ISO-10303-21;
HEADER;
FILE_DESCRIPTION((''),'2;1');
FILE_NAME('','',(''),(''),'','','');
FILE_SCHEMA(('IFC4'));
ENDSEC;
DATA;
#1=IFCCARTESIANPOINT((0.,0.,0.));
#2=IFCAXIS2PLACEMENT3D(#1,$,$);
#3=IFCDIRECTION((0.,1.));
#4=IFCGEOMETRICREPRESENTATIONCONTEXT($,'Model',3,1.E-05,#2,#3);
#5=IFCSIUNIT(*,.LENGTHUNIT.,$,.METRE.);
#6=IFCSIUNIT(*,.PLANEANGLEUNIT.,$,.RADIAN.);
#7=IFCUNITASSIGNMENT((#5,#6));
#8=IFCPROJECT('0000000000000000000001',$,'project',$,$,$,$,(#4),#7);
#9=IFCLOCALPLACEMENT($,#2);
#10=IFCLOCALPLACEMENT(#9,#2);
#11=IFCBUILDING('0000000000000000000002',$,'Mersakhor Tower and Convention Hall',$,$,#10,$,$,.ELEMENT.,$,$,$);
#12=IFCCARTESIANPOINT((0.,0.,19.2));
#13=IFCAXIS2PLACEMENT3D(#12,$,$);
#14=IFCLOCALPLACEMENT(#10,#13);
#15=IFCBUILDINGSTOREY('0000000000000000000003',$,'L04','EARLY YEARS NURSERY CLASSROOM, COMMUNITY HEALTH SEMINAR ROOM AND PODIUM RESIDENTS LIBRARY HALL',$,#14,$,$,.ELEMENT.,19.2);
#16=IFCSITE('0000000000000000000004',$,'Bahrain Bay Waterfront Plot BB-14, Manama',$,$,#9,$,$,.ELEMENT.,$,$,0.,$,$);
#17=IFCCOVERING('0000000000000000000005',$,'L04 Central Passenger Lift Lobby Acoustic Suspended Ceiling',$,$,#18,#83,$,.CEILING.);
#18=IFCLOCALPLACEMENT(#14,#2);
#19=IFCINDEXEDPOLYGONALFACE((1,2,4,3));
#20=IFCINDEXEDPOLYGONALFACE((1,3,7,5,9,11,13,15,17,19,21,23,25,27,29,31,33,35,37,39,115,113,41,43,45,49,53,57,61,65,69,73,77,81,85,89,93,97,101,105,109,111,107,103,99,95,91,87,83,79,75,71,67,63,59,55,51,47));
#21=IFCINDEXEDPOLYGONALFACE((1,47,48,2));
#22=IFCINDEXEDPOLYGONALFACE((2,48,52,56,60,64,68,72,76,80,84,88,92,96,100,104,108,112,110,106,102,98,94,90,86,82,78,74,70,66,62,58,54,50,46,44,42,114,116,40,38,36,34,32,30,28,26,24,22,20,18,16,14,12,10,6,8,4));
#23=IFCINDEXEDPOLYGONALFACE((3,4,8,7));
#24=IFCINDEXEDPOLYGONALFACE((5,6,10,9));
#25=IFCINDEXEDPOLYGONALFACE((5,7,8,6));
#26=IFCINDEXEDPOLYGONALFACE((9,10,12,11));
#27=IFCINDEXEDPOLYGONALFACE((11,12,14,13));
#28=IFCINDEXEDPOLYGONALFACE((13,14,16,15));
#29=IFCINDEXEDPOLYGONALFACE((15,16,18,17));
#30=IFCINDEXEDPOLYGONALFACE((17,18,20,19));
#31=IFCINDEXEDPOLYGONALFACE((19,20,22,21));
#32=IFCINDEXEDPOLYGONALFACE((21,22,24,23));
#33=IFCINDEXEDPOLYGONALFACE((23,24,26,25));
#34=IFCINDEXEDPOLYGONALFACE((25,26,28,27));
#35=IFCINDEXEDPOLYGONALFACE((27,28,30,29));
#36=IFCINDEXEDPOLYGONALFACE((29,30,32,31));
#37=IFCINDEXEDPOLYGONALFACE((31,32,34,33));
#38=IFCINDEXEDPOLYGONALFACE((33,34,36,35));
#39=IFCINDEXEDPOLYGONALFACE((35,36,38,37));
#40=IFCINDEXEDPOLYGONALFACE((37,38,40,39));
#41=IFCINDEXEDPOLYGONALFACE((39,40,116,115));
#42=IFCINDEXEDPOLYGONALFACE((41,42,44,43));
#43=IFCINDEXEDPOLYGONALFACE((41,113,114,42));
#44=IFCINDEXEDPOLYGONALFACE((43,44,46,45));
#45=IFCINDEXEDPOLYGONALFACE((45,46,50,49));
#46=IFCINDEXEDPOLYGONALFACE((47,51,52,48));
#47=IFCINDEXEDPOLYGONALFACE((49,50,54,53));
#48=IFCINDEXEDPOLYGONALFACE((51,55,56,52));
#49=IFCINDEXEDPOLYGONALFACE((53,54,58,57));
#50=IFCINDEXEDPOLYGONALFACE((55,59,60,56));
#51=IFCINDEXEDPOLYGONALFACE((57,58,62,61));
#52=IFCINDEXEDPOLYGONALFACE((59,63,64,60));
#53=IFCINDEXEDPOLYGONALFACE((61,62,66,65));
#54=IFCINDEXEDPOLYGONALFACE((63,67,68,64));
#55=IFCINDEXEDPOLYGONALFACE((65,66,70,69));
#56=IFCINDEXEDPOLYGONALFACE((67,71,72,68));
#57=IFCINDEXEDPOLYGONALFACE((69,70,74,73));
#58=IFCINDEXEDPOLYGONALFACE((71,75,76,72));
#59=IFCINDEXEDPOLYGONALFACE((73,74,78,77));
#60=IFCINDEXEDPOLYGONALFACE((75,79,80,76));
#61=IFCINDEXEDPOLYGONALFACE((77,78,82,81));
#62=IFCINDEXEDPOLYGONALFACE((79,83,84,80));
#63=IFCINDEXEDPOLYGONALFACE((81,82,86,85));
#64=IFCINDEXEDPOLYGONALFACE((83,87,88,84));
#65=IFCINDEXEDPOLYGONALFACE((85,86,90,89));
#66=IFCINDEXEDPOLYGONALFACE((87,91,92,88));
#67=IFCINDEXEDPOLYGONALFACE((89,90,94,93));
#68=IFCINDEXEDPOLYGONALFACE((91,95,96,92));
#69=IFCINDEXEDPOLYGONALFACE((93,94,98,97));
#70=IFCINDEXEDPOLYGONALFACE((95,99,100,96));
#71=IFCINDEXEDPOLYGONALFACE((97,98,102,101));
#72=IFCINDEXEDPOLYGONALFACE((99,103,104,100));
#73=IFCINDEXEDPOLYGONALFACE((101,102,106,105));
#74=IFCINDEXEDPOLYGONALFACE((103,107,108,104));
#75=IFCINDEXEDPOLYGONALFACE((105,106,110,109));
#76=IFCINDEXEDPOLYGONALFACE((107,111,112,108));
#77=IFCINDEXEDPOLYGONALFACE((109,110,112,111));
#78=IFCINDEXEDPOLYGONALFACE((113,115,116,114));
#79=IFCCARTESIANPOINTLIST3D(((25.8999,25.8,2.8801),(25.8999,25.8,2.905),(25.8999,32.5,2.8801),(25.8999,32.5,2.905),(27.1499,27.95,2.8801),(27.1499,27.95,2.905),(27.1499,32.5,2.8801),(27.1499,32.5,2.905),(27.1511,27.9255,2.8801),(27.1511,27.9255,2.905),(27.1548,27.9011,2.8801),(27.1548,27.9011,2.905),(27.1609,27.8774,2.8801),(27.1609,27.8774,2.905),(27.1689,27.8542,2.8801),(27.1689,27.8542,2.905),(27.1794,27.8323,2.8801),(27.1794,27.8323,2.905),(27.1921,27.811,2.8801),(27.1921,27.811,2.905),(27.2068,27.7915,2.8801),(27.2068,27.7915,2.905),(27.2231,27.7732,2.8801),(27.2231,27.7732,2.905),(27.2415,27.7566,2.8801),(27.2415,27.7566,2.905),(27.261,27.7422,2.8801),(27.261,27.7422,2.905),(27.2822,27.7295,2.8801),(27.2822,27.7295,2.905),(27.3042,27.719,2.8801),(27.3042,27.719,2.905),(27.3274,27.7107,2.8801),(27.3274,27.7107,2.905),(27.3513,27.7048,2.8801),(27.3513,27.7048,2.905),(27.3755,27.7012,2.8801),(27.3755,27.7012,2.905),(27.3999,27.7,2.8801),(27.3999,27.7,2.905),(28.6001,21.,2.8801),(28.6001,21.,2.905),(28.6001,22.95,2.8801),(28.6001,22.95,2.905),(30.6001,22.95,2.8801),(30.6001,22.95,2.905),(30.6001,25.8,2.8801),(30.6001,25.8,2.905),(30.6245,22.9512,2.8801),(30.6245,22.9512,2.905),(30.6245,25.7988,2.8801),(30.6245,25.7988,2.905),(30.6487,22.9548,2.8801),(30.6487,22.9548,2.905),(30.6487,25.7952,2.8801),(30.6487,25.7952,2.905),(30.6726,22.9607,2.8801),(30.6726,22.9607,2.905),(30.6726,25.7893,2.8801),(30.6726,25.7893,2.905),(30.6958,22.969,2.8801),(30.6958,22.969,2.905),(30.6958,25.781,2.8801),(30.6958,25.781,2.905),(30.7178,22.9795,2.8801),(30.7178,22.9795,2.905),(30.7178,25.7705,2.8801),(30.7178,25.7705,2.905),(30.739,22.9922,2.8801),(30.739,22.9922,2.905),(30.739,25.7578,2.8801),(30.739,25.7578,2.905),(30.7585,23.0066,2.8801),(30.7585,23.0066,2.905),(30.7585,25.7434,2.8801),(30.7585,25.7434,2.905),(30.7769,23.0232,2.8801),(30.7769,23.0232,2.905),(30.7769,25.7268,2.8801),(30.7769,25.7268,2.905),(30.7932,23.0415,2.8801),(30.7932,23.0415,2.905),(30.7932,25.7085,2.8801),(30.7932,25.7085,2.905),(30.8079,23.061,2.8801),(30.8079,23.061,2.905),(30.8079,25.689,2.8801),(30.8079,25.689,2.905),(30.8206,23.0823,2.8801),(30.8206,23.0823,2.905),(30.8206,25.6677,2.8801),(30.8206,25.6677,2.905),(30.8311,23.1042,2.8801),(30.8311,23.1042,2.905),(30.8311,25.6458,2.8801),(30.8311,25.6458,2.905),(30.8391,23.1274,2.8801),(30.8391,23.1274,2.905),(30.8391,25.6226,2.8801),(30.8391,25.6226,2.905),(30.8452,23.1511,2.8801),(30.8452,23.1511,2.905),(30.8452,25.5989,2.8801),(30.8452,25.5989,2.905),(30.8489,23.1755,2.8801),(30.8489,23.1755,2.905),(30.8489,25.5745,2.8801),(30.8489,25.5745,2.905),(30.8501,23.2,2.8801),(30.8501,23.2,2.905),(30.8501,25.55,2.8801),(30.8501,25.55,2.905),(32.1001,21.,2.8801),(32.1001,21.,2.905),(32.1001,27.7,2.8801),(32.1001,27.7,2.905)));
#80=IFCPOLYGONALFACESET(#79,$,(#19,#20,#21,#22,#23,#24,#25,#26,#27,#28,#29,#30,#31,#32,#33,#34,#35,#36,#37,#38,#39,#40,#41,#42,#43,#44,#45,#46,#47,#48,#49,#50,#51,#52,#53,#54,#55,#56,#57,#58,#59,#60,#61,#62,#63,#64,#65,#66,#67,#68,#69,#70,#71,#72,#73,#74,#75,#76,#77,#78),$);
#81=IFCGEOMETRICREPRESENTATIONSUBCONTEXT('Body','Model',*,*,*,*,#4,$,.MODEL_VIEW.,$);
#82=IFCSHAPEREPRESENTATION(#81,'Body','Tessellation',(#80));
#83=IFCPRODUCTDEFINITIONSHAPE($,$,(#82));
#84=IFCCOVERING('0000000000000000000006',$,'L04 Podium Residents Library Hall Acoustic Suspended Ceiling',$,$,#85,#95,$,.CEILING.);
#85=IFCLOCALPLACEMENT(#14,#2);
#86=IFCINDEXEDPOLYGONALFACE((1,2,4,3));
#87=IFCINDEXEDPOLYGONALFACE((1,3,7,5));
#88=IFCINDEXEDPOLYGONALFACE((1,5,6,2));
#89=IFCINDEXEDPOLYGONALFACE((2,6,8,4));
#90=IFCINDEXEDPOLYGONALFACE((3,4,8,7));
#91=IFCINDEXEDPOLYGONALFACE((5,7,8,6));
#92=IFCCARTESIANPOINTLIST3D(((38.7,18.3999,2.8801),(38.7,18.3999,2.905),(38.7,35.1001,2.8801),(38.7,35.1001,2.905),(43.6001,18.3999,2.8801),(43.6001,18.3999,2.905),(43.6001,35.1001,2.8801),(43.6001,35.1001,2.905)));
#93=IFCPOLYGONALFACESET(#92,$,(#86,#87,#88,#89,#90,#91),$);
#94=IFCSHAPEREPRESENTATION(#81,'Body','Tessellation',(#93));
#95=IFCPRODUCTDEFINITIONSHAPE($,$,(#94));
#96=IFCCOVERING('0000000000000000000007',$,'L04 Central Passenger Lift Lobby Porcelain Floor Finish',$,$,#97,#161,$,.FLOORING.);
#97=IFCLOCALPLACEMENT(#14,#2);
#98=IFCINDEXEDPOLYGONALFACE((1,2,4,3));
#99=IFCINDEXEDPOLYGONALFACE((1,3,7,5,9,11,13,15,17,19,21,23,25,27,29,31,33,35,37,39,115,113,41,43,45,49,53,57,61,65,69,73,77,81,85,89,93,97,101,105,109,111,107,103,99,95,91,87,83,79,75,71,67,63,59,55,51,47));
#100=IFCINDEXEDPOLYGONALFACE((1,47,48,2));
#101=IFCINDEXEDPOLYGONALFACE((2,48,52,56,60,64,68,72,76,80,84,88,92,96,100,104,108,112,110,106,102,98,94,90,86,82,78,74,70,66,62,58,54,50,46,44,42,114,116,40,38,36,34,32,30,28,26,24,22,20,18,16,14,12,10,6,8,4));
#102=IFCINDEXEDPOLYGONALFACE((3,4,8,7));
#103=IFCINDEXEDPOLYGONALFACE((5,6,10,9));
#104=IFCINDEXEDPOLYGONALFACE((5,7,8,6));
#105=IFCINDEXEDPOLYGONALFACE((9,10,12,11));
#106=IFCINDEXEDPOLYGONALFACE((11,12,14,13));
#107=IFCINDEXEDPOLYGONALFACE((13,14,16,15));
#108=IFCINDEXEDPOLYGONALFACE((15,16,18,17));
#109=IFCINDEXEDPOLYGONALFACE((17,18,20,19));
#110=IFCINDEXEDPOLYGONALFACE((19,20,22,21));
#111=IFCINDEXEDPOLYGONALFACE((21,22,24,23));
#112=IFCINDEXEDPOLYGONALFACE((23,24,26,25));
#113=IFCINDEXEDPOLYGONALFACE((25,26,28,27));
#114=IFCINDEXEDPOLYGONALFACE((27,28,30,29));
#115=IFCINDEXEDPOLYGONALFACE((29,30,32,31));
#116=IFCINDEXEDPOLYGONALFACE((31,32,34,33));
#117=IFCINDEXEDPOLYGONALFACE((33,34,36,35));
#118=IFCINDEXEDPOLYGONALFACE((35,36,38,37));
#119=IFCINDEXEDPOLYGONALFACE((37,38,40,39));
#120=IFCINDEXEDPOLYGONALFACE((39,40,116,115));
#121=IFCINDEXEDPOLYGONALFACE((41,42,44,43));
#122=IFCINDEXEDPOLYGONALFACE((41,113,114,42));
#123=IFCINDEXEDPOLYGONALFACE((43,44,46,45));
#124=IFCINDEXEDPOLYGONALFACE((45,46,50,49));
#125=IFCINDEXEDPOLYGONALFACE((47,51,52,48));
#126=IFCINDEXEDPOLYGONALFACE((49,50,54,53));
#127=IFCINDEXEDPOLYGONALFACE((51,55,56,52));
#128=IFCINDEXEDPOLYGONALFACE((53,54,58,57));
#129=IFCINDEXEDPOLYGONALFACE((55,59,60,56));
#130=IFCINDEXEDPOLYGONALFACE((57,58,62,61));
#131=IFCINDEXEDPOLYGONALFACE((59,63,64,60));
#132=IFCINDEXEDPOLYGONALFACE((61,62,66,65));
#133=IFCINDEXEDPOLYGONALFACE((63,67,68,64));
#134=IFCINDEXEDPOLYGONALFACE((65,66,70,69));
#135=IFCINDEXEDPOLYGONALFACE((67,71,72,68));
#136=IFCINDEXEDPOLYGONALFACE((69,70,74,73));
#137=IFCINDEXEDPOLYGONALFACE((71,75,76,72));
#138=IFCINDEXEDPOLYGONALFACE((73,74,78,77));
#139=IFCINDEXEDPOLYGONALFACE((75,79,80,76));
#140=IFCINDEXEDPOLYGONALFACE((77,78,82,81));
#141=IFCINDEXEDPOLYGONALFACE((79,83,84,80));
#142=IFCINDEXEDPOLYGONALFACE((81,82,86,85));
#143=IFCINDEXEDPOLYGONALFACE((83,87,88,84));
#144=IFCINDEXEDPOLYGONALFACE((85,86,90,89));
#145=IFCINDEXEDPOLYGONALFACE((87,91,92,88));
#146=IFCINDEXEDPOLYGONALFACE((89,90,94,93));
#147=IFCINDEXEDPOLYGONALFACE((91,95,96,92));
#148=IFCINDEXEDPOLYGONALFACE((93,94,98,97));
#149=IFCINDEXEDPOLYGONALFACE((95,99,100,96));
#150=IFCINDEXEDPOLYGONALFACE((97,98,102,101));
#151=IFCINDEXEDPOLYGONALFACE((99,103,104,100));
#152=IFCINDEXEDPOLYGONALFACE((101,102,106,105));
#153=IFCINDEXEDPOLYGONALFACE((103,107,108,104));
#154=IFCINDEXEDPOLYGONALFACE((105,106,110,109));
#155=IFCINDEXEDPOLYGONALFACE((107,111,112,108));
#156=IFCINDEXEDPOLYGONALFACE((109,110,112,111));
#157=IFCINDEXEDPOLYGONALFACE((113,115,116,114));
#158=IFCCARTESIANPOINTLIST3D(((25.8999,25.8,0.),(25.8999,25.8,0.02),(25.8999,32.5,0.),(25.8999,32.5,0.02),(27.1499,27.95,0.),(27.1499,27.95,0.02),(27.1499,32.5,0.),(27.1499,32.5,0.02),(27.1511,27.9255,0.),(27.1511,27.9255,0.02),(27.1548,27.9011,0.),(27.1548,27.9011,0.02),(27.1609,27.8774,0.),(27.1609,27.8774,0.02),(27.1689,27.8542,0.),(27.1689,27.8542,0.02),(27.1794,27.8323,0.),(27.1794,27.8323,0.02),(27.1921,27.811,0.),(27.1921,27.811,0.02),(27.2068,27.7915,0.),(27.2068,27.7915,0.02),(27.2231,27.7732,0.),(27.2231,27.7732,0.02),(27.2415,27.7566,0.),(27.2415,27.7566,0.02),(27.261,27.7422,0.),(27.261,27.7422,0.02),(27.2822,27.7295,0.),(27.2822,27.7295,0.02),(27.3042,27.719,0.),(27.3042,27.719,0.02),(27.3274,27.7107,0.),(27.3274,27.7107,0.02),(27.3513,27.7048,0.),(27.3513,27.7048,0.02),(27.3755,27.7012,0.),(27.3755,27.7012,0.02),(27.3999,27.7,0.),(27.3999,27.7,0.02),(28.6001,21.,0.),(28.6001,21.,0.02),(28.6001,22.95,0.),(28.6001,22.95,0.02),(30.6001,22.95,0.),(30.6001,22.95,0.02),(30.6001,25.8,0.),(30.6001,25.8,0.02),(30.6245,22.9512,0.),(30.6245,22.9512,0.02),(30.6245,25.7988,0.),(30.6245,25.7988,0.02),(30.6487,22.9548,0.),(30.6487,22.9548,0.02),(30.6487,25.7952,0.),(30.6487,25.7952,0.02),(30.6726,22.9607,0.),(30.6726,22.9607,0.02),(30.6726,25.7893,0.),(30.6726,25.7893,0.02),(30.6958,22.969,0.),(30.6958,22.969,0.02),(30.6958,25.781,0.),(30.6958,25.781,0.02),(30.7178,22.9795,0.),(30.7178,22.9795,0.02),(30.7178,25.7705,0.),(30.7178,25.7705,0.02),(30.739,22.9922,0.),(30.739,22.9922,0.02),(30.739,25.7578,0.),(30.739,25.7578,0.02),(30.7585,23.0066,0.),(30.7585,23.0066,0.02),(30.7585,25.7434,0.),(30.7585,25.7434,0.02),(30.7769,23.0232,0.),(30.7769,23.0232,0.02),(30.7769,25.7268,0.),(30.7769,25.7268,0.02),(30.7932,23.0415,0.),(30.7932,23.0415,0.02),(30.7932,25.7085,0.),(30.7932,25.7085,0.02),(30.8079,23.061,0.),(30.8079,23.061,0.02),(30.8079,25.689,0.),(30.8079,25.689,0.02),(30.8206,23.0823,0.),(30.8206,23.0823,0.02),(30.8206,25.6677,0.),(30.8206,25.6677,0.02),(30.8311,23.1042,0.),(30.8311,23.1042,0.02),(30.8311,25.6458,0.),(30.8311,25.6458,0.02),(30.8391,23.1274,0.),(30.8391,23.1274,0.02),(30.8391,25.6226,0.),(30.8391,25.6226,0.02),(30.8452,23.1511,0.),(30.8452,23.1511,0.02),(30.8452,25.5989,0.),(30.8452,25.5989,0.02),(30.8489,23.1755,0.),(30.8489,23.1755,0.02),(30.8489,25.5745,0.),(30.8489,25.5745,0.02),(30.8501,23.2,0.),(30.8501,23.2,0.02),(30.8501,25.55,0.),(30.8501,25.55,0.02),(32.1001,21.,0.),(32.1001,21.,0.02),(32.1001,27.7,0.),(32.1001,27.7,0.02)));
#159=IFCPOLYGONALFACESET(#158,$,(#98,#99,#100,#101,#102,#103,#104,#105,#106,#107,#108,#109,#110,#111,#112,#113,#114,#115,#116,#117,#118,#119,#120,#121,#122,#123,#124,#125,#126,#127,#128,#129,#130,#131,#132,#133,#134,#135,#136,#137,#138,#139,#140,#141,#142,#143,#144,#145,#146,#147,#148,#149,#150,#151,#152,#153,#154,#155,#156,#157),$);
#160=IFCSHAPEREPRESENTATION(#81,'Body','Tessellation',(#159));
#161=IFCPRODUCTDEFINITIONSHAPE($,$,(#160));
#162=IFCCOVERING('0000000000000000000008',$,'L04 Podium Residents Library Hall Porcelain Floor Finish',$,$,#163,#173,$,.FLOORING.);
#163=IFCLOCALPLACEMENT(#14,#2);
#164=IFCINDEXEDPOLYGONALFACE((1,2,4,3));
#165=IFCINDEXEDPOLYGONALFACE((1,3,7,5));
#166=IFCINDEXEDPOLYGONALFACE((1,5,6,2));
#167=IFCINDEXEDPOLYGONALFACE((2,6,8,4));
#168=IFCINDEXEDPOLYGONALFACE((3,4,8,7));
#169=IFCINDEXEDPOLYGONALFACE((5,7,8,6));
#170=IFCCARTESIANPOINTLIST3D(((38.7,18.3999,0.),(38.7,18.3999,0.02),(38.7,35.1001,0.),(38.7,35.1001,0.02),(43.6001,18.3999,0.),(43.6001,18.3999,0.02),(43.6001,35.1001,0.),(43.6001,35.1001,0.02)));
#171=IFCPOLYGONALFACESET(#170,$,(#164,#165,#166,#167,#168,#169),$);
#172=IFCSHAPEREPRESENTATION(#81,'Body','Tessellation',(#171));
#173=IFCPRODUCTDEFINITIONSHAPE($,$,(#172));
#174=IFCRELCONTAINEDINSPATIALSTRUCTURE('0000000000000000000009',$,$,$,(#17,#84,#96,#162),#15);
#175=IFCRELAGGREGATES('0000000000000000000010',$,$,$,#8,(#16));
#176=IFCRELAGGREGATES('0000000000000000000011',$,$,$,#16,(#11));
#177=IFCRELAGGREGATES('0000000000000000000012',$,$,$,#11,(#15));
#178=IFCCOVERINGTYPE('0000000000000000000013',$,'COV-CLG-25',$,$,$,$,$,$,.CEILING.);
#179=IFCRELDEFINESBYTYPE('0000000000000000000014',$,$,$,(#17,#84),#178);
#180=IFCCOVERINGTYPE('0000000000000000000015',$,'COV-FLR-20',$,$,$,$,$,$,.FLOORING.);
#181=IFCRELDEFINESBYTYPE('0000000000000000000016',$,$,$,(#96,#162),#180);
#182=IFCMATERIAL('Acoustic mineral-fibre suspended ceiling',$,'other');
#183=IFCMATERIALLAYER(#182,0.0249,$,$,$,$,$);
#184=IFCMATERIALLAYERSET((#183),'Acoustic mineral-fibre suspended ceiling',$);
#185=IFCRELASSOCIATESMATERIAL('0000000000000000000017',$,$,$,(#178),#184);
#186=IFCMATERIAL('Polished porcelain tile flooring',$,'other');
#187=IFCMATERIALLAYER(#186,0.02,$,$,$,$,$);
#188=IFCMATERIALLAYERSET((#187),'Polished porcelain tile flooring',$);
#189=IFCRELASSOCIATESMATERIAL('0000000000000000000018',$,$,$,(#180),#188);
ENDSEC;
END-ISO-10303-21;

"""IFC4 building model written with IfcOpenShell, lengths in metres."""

from ifc_helpers import new_model, si_unit, direction, frame, origin, place, context, subcontext, project, spatial, polyline, outline, extrude, material, layer, layer_set, type_object, element, save


model = new_model("IFC4")

# Units and contexts
model_context = context("Model", 3, precision=1e-05, world=origin(), true_north=direction((0.0, 1.0)))
body_context = subcontext(model_context, "Body", "Model", "MODEL_VIEW")
ifc_project = project(units=[si_unit("LENGTHUNIT", "METRE"), si_unit("PLANEANGLEUNIT", "RADIAN")], contexts=[model_context])

# Site, building, storey
site_placement = place(None, origin())
site = spatial("IfcSite", under=ifc_project, at=site_placement, Name="Bahrain Bay Waterfront Plot BB-14, Manama", CompositionType="ELEMENT", RefElevation=0.0)
building_placement = place(site_placement, origin())
building = spatial("IfcBuilding", under=site, at=building_placement, Name="Mersakhor Tower and Convention Hall", CompositionType="ELEMENT")
storey_placement = place(building_placement, frame((0.0, 0.0, 19.2)))
storey = spatial("IfcBuildingStorey", under=building, at=storey_placement, Name="L04", Description="EARLY YEARS NURSERY CLASSROOM, COMMUNITY HEALTH SEMINAR ROOM AND PODIUM RESIDENTS LIBRARY HALL", CompositionType="ELEMENT", Elevation=19.2)

# Coverings
ifc_material_1 = material(Name="Acoustic mineral-fibre suspended ceiling", Category="other")
ifc_layer_1 = layer(ifc_material_1, 0.0249)
ifc_layer_set_1 = layer_set([ifc_layer_1], Name="Acoustic mineral-fibre suspended ceiling")
covering_type_1 = type_object("IfcCoveringType", Name="COV-CLG-25", PredefinedType="CEILING", material=ifc_layer_set_1)
covering_1_placement = place(storey_placement, frame((0.0, 0.0, 2.8801)))
element("IfcCovering", 1, at=covering_1_placement, inside=storey, type_object=covering_type_1, Name="L04 Central Passenger Lift Lobby Acoustic Suspended Ceiling", PredefinedType="CEILING", context=body_context, shape_type="SweptSolid", body=[
    extrude(outline(polyline([(28.6001, 22.95), (30.6001, 22.95), (30.6245, 22.9512), (30.6487, 22.9548), (30.6726, 22.9607), (30.6958, 22.969), (30.7178, 22.9795), (30.739, 22.9922), (30.7585, 23.0066), (30.7769, 23.0232), (30.7932, 23.0415), (30.8079, 23.061), (30.8206, 23.0823), (30.8311, 23.1042), (30.8391, 23.1274), (30.8452, 23.1511), (30.8489, 23.1755), (30.8501, 23.2), (30.8501, 25.55), (30.8489, 25.5745), (30.8452, 25.5989), (30.8391, 25.6226), (30.8311, 25.6458), (30.8206, 25.6677), (30.8079, 25.689), (30.7932, 25.7085), (30.7769, 25.7268), (30.7585, 25.7434), (30.739, 25.7578), (30.7178, 25.7705), (30.6958, 25.781), (30.6726, 25.7893), (30.6487, 25.7952), (30.6245, 25.7988), (30.6001, 25.8), (25.8999, 25.8), (25.8999, 32.5), (27.1499, 32.5), (27.1499, 27.95), (27.1511, 27.9255), (27.1548, 27.9011), (27.1609, 27.8774), (27.1689, 27.8542), (27.1794, 27.8323), (27.1921, 27.811), (27.2068, 27.7915), (27.2231, 27.7732), (27.2415, 27.7566), (27.261, 27.7422), (27.2822, 27.7295), (27.3042, 27.719), (27.3274, 27.7107), (27.3513, 27.7048), (27.3755, 27.7012), (27.3999, 27.7), (32.1001, 27.7), (32.1001, 21.0), (28.6001, 21.0), (28.6001, 22.95)])), origin(), (0.0, 0.0, 1.0), 0.0249),
])
covering_2_placement = place(storey_placement, frame((0.0, 0.0, 2.8801)))
element("IfcCovering", 2, at=covering_2_placement, inside=storey, type_object=covering_type_1, Name="L04 Podium Residents Library Hall Acoustic Suspended Ceiling", PredefinedType="CEILING", context=body_context, shape_type="SweptSolid", body=[
    extrude(outline(polyline([(38.7, 18.3999), (38.7, 35.1001), (43.6001, 35.1001), (43.6001, 18.3999), (38.7, 18.3999)])), origin(), (0.0, 0.0, 1.0), 0.0249),
])
ifc_material_2 = material(Name="Polished porcelain tile flooring", Category="other")
ifc_layer_2 = layer(ifc_material_2, 0.02)
ifc_layer_set_2 = layer_set([ifc_layer_2], Name="Polished porcelain tile flooring")
covering_type_2 = type_object("IfcCoveringType", Name="COV-FLR-20", PredefinedType="FLOORING", material=ifc_layer_set_2)
covering_3_placement = place(storey_placement, origin())
element("IfcCovering", 3, at=covering_3_placement, inside=storey, type_object=covering_type_2, Name="L04 Central Passenger Lift Lobby Porcelain Floor Finish", PredefinedType="FLOORING", context=body_context, shape_type="SweptSolid", body=[
    extrude(outline(polyline([(28.6001, 22.95), (30.6001, 22.95), (30.6245, 22.9512), (30.6487, 22.9548), (30.6726, 22.9607), (30.6958, 22.969), (30.7178, 22.9795), (30.739, 22.9922), (30.7585, 23.0066), (30.7769, 23.0232), (30.7932, 23.0415), (30.8079, 23.061), (30.8206, 23.0823), (30.8311, 23.1042), (30.8391, 23.1274), (30.8452, 23.1511), (30.8489, 23.1755), (30.8501, 23.2), (30.8501, 25.55), (30.8489, 25.5745), (30.8452, 25.5989), (30.8391, 25.6226), (30.8311, 25.6458), (30.8206, 25.6677), (30.8079, 25.689), (30.7932, 25.7085), (30.7769, 25.7268), (30.7585, 25.7434), (30.739, 25.7578), (30.7178, 25.7705), (30.6958, 25.781), (30.6726, 25.7893), (30.6487, 25.7952), (30.6245, 25.7988), (30.6001, 25.8), (25.8999, 25.8), (25.8999, 32.5), (27.1499, 32.5), (27.1499, 27.95), (27.1511, 27.9255), (27.1548, 27.9011), (27.1609, 27.8774), (27.1689, 27.8542), (27.1794, 27.8323), (27.1921, 27.811), (27.2068, 27.7915), (27.2231, 27.7732), (27.2415, 27.7566), (27.261, 27.7422), (27.2822, 27.7295), (27.3042, 27.719), (27.3274, 27.7107), (27.3513, 27.7048), (27.3755, 27.7012), (27.3999, 27.7), (32.1001, 27.7), (32.1001, 21.0), (28.6001, 21.0), (28.6001, 22.95)])), origin(), (0.0, 0.0, 1.0), 0.02),
])
covering_4_placement = place(storey_placement, origin())
element("IfcCovering", 4, at=covering_4_placement, inside=storey, type_object=covering_type_2, Name="L04 Podium Residents Library Hall Porcelain Floor Finish", PredefinedType="FLOORING", context=body_context, shape_type="SweptSolid", body=[
    extrude(outline(polyline([(38.7, 18.3999), (38.7, 35.1001), (43.6001, 35.1001), (43.6001, 18.3999), (38.7, 18.3999)])), origin(), (0.0, 0.0, 1.0), 0.02),
])

save(model, "model.ifc")
